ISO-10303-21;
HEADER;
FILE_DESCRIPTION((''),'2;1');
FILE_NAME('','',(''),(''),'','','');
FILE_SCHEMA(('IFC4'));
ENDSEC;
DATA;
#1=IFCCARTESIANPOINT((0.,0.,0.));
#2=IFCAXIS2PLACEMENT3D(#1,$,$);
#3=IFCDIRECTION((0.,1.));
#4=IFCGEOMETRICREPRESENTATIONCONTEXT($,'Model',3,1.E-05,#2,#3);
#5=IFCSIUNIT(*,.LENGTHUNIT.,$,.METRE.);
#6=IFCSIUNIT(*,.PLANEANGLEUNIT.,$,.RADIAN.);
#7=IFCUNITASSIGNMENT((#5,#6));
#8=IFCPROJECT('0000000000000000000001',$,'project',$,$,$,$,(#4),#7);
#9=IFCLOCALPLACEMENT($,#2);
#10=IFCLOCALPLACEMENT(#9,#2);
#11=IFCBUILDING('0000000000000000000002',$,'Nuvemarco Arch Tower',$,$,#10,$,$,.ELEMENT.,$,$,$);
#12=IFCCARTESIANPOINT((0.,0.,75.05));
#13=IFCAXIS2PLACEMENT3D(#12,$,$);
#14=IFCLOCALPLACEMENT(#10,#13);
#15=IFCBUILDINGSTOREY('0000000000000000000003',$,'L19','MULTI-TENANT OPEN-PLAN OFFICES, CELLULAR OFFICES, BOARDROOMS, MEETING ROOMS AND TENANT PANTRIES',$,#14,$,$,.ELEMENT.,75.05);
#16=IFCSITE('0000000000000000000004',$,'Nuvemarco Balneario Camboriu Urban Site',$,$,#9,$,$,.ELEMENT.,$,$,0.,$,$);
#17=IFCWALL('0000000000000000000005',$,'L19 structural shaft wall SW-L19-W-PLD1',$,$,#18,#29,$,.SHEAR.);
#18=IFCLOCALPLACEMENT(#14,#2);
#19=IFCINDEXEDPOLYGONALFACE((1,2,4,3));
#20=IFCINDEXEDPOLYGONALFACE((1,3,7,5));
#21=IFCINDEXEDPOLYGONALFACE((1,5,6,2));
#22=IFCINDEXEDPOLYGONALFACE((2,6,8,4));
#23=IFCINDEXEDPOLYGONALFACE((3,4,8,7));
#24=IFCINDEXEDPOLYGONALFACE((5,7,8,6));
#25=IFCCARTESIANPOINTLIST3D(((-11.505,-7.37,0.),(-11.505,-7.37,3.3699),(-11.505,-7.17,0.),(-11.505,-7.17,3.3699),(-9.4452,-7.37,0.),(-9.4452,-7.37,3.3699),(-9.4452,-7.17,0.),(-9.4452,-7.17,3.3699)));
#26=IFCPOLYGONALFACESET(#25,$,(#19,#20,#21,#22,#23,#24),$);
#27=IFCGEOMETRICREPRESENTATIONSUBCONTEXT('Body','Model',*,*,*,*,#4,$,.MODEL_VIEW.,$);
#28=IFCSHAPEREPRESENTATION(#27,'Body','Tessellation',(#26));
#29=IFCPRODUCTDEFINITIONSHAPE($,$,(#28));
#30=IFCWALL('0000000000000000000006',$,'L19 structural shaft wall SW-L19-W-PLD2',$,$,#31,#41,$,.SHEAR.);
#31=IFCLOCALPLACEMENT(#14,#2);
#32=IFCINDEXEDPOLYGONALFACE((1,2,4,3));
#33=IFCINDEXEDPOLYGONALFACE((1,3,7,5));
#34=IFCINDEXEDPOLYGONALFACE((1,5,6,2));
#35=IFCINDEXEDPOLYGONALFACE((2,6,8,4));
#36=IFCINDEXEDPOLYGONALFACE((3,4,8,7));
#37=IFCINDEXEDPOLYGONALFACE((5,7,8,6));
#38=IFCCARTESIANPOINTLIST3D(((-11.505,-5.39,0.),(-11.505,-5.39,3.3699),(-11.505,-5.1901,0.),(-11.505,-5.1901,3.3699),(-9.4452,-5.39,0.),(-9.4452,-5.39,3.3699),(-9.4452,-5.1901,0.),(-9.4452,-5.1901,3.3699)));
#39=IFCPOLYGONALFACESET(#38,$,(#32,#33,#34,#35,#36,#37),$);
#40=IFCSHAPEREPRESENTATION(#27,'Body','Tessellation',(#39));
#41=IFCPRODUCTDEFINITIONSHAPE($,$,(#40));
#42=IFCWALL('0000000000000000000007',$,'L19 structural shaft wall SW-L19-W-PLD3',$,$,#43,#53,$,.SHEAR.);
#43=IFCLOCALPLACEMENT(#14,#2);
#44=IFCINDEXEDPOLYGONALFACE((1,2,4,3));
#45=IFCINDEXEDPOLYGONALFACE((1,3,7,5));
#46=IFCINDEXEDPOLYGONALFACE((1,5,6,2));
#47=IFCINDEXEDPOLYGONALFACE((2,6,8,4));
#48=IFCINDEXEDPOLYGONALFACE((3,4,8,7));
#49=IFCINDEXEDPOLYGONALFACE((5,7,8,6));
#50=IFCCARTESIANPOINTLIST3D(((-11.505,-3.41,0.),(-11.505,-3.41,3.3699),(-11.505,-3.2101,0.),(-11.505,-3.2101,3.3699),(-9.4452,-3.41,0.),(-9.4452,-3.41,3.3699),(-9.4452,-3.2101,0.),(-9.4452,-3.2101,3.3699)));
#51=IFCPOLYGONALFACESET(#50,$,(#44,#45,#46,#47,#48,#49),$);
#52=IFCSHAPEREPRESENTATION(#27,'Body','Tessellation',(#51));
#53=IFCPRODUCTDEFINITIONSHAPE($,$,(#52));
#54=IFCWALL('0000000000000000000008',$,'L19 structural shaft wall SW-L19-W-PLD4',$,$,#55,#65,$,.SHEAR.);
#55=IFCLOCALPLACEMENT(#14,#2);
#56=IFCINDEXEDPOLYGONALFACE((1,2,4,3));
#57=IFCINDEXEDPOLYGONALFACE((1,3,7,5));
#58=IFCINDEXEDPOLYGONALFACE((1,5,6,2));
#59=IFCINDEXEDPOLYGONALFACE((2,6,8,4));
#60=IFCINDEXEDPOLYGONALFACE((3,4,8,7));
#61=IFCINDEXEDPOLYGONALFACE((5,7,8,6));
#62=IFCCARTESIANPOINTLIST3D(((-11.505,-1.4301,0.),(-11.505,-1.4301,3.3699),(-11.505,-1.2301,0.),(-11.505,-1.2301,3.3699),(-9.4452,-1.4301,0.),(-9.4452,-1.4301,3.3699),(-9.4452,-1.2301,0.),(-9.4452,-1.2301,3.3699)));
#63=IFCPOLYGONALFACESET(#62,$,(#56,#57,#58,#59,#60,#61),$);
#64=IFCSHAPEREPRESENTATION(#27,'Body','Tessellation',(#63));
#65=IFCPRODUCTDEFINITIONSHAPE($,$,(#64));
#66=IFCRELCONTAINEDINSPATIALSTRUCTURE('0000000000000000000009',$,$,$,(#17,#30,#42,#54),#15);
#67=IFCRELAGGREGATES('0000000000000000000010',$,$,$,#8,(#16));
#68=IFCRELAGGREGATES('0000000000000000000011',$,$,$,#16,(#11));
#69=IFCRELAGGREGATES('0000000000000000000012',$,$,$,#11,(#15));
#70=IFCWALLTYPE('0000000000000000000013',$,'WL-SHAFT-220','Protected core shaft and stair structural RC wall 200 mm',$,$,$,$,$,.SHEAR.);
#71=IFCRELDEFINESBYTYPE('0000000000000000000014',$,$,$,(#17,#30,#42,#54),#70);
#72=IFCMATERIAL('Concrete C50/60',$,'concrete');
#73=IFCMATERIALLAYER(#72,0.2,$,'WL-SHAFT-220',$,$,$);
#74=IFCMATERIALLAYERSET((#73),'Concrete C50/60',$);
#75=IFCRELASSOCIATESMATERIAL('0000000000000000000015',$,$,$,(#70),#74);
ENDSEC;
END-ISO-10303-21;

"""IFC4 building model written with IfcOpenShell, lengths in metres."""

from ifc_helpers import new_model, si_unit, direction, frame, frame_2d, origin, place, context, subcontext, project, spatial, rectangle, extrude, material, layer, layer_set, type_object, element, save


model = new_model("IFC4")

# Units and contexts
model_context = context("Model", 3, precision=1e-05, world=origin(), true_north=direction((0.0, 1.0)))
body_context = subcontext(model_context, "Body", "Model", "MODEL_VIEW")
ifc_project = project(units=[si_unit("LENGTHUNIT", "METRE"), si_unit("PLANEANGLEUNIT", "RADIAN")], contexts=[model_context])

# Site, building, storey
site_placement = place(None, origin())
site = spatial("IfcSite", under=ifc_project, at=site_placement, Name="Nuvemarco Balneario Camboriu Urban Site", CompositionType="ELEMENT", RefElevation=0.0)
building_placement = place(site_placement, origin())
building = spatial("IfcBuilding", under=site, at=building_placement, Name="Nuvemarco Arch Tower", CompositionType="ELEMENT")
storey_placement = place(building_placement, frame((0.0, 0.0, 75.05)))
storey = spatial("IfcBuildingStorey", under=building, at=storey_placement, Name="L19", Description="MULTI-TENANT OPEN-PLAN OFFICES, CELLULAR OFFICES, BOARDROOMS, MEETING ROOMS AND TENANT PANTRIES", CompositionType="ELEMENT", Elevation=75.05)

# Shared definitions
ifc_material_1 = material(Name="Concrete C50/60", Category="concrete")
ifc_layer_1 = layer(ifc_material_1, 0.2, Name="WL-SHAFT-220")
ifc_layer_set_1 = layer_set([ifc_layer_1], Name="Concrete C50/60")
wall_type_1 = type_object("IfcWallType", Name="WL-SHAFT-220", Description="Protected core shaft and stair structural RC wall 200 mm", PredefinedType="SHEAR", material=ifc_layer_set_1)

# Walls
for number, where, z_axis, x_axis, name in (
    (1, (-11.5049, -7.27, 0.0), (0.0, 0.0, 1.0), (1.0, 0.0, 0.0), "L19 structural shaft wall SW-L19-W-PLD1"),
    (2, (-11.5049, -5.29, 0.0), (0.0, 0.0, 1.0), (1.0, 0.0, 0.0), "L19 structural shaft wall SW-L19-W-PLD2"),
    (3, (-11.5049, -3.3101, 0.0), (0.0, 0.0, 1.0), (1.0, 0.0, 0.0), "L19 structural shaft wall SW-L19-W-PLD3"),
    (4, (-11.5049, -1.3301, 0.0), (0.0, 0.0, 1.0), (1.0, 0.0, 0.0), "L19 structural shaft wall SW-L19-W-PLD4"),
):
    element("IfcWall", number, at=place(storey_placement, frame(where, z_axis=z_axis, x_axis=x_axis)), inside=storey, type_object=wall_type_1, Name=name, PredefinedType="SHEAR", context=body_context, shape_type="SweptSolid", body=[
        extrude(rectangle(XDim=2.0598, YDim=0.2, at=frame_2d((1.0298, 0.0))), origin(), (0.0, 0.0, 1.0), 3.3699),
    ])

save(model, "model.ifc")
